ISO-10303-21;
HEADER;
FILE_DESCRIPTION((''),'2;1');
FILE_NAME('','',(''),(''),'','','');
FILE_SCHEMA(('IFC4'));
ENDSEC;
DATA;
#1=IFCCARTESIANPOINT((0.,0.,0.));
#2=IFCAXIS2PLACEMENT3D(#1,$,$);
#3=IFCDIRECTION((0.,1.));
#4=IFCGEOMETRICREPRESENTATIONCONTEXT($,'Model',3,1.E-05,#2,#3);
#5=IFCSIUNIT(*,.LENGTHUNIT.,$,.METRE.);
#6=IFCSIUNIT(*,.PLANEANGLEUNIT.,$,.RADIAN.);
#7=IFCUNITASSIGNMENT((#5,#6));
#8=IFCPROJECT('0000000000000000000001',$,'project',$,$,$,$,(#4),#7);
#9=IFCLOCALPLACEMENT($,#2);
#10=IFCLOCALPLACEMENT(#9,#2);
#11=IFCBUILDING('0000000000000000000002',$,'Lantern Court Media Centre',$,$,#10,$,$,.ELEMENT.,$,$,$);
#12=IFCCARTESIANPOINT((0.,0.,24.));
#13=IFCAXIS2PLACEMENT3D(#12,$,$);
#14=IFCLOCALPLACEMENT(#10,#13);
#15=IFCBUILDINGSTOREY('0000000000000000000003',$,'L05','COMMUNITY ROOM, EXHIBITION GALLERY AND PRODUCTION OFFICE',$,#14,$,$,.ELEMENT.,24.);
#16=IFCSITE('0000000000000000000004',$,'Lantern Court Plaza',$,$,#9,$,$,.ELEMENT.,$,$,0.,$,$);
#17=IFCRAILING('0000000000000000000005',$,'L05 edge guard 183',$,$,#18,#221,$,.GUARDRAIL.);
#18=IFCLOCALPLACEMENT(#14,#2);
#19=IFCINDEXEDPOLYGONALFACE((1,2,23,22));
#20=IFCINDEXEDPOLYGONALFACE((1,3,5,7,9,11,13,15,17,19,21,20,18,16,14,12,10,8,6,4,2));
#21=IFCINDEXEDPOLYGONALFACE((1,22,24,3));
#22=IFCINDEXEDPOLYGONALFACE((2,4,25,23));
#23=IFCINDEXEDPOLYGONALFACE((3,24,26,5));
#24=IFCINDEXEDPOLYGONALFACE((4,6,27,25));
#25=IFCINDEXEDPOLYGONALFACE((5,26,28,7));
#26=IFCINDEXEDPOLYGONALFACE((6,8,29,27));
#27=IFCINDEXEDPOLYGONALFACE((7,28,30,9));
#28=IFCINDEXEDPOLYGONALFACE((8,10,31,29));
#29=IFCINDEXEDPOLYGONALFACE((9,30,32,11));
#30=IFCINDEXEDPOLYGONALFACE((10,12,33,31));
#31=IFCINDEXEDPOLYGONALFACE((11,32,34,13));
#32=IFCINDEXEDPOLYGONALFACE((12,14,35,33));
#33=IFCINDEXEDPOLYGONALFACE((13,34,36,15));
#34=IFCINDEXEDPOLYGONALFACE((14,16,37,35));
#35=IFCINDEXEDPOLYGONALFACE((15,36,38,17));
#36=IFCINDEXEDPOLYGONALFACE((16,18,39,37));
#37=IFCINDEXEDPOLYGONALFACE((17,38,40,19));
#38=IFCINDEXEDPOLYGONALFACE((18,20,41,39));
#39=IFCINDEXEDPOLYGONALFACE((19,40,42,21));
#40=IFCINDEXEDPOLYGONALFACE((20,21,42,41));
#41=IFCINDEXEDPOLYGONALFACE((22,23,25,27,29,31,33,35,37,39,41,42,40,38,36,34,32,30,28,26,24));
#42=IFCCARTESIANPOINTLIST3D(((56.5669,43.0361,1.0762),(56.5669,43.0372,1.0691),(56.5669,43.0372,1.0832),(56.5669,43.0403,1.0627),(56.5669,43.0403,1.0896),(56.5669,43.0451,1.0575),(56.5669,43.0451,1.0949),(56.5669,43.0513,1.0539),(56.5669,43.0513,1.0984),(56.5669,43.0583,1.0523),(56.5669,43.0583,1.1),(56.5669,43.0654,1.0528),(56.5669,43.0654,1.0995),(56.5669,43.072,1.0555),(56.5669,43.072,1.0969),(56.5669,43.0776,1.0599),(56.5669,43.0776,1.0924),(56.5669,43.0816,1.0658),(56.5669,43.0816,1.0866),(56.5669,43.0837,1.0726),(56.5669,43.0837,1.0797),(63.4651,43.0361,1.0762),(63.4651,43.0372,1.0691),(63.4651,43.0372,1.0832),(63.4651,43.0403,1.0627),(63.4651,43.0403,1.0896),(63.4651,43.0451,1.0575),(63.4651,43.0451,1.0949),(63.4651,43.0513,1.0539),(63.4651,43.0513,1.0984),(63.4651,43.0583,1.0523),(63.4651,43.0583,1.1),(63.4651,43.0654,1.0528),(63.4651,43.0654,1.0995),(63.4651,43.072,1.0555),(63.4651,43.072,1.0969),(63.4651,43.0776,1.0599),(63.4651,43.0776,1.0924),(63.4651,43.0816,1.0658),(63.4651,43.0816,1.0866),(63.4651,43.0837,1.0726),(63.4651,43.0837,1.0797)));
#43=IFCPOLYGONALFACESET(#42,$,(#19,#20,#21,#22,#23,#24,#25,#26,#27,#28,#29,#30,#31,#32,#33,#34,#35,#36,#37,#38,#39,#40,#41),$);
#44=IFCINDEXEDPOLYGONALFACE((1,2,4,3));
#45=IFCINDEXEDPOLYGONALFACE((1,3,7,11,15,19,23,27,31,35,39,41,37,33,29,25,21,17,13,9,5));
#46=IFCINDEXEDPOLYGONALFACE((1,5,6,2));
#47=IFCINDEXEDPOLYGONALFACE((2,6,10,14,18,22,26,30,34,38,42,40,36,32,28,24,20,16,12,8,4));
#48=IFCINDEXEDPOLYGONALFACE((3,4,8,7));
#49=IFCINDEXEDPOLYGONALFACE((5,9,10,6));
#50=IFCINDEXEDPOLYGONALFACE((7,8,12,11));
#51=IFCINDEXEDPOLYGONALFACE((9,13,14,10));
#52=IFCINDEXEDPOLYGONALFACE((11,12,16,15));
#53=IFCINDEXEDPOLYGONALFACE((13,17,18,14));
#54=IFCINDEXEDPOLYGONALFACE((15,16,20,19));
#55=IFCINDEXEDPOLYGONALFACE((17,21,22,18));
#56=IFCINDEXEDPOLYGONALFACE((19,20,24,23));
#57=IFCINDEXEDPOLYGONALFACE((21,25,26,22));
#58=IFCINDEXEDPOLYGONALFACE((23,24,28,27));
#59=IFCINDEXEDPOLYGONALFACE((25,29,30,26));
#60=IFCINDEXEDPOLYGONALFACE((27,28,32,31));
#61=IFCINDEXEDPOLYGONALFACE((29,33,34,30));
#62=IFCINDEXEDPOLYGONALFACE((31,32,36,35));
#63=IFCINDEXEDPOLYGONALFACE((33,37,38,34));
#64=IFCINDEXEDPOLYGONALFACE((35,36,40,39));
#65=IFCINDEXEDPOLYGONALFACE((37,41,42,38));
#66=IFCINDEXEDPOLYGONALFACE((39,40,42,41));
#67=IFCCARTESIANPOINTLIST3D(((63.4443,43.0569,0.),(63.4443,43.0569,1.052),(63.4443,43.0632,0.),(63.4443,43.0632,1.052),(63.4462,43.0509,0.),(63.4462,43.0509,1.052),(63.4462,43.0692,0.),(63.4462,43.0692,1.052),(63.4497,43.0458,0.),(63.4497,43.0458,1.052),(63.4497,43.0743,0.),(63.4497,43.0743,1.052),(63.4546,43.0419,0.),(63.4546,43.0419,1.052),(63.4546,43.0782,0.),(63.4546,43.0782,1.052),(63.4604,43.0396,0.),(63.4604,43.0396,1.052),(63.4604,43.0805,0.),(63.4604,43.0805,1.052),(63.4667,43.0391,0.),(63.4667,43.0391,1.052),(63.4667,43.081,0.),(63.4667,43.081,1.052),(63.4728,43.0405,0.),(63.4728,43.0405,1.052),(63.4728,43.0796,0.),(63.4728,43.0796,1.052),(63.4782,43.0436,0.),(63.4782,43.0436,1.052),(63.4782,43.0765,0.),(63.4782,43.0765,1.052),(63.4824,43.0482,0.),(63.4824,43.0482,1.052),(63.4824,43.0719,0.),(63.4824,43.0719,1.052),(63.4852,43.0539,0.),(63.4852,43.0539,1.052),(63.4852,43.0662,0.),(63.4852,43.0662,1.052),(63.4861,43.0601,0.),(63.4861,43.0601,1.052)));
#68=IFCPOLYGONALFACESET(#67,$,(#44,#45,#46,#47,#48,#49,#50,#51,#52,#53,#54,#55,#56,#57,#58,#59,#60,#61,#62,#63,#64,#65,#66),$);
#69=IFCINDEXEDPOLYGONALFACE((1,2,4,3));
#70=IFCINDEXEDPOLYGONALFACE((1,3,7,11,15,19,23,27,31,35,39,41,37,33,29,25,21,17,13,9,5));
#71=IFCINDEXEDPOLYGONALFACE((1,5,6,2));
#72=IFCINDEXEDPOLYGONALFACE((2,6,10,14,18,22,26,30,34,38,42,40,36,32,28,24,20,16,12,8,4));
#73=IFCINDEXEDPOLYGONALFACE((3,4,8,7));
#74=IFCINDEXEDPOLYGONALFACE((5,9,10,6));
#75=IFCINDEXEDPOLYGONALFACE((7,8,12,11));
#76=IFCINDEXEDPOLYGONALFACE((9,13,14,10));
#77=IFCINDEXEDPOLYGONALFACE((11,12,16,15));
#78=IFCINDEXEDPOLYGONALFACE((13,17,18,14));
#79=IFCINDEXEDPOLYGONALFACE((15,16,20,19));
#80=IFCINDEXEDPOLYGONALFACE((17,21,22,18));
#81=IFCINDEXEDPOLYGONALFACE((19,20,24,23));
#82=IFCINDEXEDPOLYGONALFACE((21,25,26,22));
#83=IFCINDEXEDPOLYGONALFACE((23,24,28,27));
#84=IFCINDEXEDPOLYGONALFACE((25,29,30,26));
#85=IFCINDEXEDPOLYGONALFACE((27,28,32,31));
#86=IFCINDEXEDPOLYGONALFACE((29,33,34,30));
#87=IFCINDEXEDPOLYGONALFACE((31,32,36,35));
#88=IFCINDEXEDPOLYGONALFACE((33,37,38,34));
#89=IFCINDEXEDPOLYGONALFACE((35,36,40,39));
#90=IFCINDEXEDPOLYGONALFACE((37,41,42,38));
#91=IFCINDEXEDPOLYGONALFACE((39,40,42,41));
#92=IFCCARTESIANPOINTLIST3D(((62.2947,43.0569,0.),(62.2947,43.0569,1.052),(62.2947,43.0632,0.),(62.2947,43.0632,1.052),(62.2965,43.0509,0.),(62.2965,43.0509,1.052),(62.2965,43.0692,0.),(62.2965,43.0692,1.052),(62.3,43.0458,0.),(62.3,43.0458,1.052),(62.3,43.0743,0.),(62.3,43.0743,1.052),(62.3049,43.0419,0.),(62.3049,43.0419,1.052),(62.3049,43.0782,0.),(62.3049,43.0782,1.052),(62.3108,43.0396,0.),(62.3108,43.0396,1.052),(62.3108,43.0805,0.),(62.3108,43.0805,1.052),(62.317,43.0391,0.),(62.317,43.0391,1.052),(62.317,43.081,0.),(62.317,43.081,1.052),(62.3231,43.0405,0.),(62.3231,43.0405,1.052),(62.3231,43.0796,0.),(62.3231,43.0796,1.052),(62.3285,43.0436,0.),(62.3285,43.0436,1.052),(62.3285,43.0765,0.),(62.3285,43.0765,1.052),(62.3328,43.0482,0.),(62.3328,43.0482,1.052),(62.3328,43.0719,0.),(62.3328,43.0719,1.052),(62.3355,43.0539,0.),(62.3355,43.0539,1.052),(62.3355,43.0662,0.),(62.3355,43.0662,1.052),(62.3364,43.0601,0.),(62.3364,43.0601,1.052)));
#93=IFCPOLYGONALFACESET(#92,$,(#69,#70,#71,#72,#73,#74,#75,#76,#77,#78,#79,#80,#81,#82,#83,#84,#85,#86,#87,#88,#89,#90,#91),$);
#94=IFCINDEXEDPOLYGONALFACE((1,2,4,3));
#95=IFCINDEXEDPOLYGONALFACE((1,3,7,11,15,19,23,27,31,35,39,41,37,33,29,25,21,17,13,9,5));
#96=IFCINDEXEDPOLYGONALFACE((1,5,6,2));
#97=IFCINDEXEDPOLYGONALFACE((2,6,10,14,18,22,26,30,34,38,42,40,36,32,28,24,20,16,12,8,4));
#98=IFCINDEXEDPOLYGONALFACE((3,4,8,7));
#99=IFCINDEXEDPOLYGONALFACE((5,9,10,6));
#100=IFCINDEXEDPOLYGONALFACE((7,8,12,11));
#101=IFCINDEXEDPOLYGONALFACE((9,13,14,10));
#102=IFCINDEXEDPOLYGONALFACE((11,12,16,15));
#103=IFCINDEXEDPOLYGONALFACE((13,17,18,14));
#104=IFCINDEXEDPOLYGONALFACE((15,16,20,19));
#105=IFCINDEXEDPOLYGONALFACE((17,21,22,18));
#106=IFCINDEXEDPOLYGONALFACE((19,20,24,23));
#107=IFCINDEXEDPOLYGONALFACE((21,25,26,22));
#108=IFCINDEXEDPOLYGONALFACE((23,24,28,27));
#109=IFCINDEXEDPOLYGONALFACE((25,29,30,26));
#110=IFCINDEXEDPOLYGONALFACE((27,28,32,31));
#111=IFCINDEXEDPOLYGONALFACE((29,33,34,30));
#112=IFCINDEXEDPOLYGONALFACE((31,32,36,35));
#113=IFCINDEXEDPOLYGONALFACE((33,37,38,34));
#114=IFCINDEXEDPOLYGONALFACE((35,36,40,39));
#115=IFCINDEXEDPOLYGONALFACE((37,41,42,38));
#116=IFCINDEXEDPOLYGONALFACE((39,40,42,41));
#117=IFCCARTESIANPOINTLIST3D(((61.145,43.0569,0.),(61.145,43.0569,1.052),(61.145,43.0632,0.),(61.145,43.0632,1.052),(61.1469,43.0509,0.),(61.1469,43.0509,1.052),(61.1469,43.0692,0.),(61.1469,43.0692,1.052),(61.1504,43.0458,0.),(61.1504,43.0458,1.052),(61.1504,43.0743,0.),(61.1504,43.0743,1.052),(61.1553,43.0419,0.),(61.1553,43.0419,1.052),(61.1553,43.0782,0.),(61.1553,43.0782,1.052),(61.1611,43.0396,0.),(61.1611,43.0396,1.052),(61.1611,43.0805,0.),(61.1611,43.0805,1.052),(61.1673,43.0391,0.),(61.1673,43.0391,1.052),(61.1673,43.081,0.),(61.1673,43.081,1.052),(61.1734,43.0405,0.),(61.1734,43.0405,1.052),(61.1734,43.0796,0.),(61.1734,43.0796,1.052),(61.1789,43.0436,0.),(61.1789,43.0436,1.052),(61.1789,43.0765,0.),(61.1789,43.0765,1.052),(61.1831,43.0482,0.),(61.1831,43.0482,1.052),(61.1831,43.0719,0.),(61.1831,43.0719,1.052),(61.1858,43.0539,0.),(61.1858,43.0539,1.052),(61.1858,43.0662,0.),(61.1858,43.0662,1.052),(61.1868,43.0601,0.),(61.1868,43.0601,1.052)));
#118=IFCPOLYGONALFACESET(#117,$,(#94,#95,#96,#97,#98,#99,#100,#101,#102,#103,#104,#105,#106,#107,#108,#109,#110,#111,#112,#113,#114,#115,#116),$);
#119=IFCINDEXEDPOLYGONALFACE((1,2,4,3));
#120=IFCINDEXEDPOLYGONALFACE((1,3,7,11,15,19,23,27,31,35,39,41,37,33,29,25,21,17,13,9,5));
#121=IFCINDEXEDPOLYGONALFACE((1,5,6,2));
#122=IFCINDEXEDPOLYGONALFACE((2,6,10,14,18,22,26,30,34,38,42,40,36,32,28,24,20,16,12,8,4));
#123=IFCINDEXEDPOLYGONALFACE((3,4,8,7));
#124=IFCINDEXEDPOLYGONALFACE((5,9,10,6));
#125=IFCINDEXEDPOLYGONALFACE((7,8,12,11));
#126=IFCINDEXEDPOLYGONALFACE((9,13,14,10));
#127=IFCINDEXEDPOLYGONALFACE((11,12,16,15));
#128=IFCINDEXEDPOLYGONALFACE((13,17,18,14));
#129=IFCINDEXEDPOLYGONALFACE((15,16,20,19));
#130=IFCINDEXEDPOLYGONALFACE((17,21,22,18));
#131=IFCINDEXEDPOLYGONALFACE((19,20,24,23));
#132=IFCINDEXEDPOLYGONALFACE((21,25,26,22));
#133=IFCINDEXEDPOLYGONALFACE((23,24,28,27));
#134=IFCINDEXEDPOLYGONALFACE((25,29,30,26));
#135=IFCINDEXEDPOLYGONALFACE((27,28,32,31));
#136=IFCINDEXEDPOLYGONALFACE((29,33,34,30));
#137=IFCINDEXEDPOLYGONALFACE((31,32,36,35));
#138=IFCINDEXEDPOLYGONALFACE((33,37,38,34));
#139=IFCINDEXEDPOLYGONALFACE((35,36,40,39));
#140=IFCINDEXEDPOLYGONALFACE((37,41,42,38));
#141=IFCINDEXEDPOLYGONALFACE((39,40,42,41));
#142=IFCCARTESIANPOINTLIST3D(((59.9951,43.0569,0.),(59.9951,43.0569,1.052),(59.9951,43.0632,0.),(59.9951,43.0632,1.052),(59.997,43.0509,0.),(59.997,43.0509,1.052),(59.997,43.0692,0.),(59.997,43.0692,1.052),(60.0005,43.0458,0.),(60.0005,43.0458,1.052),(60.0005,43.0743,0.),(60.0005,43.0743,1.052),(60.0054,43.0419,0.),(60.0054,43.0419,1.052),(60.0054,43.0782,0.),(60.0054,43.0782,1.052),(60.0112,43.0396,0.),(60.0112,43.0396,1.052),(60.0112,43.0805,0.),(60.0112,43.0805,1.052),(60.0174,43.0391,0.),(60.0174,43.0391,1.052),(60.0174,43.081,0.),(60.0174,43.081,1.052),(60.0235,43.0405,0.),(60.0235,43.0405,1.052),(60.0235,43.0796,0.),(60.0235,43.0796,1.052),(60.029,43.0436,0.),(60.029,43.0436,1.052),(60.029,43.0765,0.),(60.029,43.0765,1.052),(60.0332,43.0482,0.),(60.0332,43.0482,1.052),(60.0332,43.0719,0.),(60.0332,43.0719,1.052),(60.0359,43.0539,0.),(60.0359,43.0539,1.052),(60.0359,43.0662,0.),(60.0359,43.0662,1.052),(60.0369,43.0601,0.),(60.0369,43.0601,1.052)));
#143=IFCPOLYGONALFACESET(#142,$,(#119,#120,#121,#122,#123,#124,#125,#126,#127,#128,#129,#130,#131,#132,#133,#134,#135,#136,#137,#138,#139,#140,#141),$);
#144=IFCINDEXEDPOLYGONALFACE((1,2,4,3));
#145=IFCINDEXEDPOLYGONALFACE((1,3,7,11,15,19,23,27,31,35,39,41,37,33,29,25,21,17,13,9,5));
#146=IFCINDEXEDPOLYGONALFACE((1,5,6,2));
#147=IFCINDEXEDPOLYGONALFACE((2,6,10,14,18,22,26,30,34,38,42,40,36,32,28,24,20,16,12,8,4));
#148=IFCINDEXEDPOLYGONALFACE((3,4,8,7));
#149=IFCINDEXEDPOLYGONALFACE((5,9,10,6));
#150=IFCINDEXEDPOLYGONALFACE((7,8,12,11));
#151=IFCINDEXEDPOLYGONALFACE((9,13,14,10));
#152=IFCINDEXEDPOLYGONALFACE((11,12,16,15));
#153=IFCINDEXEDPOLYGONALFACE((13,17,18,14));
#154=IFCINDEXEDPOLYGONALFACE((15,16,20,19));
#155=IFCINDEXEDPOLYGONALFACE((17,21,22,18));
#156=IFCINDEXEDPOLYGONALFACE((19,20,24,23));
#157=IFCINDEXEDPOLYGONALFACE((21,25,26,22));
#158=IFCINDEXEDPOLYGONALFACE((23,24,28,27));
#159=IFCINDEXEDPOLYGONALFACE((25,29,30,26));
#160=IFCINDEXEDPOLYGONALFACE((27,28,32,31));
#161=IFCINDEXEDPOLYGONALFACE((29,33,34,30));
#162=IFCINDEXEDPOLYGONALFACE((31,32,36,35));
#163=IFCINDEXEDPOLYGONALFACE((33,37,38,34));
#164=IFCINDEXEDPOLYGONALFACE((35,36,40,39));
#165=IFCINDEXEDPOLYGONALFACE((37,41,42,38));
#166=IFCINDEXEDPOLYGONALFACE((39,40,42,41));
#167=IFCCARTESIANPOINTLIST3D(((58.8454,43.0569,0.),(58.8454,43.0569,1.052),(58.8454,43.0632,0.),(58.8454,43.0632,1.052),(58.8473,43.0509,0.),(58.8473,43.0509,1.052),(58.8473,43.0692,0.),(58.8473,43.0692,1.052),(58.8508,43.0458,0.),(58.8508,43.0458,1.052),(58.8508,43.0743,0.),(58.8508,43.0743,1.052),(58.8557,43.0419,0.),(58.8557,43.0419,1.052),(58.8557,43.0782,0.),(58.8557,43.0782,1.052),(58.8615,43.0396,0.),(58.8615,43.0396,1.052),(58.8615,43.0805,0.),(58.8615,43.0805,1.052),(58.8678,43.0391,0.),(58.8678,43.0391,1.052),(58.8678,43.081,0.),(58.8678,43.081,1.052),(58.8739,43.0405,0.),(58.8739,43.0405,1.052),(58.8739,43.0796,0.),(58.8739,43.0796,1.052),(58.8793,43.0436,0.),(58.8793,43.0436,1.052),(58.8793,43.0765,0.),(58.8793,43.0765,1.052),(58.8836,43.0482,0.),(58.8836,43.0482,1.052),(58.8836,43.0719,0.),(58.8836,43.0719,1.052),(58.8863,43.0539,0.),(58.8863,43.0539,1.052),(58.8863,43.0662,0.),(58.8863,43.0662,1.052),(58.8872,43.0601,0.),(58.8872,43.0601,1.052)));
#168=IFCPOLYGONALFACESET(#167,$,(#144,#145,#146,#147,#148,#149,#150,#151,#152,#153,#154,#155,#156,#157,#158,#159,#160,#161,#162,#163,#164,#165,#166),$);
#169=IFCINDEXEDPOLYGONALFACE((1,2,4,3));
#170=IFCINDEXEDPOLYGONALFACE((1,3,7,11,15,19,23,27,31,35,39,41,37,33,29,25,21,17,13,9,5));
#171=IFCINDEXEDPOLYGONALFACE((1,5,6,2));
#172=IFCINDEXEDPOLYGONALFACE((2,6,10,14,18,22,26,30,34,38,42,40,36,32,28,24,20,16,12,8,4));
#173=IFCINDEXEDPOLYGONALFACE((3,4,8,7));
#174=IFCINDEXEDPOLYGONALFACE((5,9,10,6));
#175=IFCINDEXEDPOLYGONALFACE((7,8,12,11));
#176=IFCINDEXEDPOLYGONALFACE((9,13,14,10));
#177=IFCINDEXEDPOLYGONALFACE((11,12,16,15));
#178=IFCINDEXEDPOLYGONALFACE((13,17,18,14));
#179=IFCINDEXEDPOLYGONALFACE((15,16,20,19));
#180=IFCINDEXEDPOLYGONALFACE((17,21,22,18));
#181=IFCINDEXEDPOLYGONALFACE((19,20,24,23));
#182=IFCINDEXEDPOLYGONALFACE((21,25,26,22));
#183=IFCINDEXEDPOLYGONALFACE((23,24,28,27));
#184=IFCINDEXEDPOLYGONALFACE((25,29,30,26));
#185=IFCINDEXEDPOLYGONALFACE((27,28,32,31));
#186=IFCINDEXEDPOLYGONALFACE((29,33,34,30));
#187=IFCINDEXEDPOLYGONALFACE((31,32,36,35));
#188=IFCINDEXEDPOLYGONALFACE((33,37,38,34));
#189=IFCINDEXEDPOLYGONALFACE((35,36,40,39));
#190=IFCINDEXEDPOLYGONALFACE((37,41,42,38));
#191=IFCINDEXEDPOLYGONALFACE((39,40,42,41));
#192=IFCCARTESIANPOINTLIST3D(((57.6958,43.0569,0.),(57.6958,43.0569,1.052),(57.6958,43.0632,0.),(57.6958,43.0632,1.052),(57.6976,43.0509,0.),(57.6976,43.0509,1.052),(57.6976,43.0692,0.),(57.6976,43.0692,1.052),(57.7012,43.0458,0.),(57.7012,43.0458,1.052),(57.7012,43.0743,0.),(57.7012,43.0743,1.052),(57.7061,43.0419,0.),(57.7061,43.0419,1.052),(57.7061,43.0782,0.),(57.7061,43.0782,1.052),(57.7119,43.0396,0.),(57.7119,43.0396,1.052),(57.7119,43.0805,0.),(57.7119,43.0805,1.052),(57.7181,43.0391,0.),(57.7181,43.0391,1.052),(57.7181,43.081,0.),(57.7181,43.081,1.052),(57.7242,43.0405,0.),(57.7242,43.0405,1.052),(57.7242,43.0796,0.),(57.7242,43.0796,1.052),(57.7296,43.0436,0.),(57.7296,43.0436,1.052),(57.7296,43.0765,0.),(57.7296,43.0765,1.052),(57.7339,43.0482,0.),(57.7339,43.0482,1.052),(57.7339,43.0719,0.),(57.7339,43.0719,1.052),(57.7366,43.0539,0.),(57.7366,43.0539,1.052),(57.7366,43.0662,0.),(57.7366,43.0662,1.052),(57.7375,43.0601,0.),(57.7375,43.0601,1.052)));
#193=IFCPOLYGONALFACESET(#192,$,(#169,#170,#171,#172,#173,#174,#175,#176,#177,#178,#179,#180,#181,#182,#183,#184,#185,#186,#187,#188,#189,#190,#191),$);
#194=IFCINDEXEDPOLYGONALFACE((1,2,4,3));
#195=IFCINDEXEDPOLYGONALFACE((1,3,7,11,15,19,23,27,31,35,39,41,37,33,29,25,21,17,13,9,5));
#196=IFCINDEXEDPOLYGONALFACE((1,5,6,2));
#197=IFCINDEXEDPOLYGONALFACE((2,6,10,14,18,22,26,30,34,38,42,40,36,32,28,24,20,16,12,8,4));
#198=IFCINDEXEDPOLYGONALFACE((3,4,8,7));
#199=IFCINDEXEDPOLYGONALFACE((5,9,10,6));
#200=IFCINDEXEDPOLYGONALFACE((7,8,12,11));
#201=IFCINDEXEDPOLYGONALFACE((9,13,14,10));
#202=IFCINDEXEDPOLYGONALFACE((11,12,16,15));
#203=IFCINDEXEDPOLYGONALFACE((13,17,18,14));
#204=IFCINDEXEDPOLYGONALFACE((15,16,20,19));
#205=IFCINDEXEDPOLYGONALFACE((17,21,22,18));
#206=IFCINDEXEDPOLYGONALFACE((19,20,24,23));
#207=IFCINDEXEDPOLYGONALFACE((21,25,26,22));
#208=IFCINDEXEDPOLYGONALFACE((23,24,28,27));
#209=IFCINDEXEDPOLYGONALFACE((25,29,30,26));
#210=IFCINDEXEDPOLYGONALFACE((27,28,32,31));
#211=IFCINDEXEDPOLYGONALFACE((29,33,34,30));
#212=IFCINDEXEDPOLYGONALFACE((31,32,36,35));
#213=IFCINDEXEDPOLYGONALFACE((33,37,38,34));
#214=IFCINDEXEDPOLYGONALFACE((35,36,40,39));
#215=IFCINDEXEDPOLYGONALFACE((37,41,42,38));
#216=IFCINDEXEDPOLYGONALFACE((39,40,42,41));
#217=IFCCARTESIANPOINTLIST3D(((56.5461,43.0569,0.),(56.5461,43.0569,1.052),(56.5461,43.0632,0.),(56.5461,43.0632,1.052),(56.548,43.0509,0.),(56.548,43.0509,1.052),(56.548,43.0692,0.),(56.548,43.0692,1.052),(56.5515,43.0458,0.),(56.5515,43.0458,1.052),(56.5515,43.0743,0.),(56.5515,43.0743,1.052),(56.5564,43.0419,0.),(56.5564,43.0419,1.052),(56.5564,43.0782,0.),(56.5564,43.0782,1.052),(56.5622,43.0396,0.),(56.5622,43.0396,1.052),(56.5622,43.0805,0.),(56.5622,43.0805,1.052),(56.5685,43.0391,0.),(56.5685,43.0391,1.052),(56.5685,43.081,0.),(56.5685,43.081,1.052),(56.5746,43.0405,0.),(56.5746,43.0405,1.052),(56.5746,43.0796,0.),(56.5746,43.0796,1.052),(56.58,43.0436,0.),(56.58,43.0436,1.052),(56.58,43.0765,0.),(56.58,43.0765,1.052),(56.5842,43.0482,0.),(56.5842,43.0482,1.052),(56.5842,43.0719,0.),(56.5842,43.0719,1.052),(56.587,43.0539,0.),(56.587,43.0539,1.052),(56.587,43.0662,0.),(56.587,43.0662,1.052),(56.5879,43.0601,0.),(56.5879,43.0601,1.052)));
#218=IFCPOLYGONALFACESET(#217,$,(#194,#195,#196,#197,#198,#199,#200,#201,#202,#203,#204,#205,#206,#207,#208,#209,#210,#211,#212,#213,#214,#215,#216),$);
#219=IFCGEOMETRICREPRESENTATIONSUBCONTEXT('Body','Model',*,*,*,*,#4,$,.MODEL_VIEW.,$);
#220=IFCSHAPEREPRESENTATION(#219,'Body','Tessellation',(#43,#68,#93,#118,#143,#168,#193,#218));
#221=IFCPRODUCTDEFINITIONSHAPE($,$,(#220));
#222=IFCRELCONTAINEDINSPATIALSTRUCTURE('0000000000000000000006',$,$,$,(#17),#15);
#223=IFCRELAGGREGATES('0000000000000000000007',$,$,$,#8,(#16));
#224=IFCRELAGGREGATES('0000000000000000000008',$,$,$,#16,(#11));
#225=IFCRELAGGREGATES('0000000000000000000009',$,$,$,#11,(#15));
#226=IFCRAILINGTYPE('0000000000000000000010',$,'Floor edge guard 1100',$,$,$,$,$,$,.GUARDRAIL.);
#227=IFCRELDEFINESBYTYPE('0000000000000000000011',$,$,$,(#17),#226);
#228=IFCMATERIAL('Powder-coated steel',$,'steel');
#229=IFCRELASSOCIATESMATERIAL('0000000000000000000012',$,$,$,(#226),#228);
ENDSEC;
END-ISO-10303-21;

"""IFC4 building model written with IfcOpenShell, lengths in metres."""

from ifc_helpers import new_model, si_unit, direction, frame, origin, origin_2d, place, context, subcontext, project, spatial, circle, extrude, material, type_object, element, save


model = new_model("IFC4")

# Units and contexts
model_context = context("Model", 3, precision=1e-05, world=origin(), true_north=direction((0.0, 1.0)))
body_context = subcontext(model_context, "Body", "Model", "MODEL_VIEW")
ifc_project = project(units=[si_unit("LENGTHUNIT", "METRE"), si_unit("PLANEANGLEUNIT", "RADIAN")], contexts=[model_context])

# Site, building, storey
site_placement = place(None, origin())
site = spatial("IfcSite", under=ifc_project, at=site_placement, Name="Lantern Court Plaza", CompositionType="ELEMENT", RefElevation=0.0)
building_placement = place(site_placement, origin())
building = spatial("IfcBuilding", under=site, at=building_placement, Name="Lantern Court Media Centre", CompositionType="ELEMENT")
storey_placement = place(building_placement, frame((0.0, 0.0, 24.0)))
storey = spatial("IfcBuildingStorey", under=building, at=storey_placement, Name="L05", Description="COMMUNITY ROOM, EXHIBITION GALLERY AND PRODUCTION OFFICE", CompositionType="ELEMENT", Elevation=24.0)

# Railing
ifc_material_1 = material(Name="Powder-coated steel", Category="steel")
railing_type = type_object("IfcRailingType", Name="Floor edge guard 1100", PredefinedType="GUARDRAIL", material=ifc_material_1)
railing_placement = place(storey_placement, frame((63.4651, 43.0601, 0.0)))
element("IfcRailing", 1, at=railing_placement, inside=storey, type_object=railing_type, Name="L05 edge guard 183", PredefinedType="GUARDRAIL", context=body_context, shape_type="SweptSolid", body=[
    extrude(circle(Radius=0.0239, at=origin_2d()), frame((0.0, 0.0, 1.0762), z_axis=(-1.0, 0.0, 0.0), x_axis=(0.0, -1.0, 0.0)), (0.0, 0.0, 1.0), 6.8982),
    extrude(circle(Radius=0.021, at=origin_2d()), origin(), (0.0, 0.0, 1.0), 1.052),
    extrude(circle(Radius=0.021, at=origin_2d()), frame((-1.1497, 0.0, 0.0)), (0.0, 0.0, 1.0), 1.052),
    extrude(circle(Radius=0.021, at=origin_2d()), frame((-2.2993, 0.0, 0.0)), (0.0, 0.0, 1.0), 1.052),
    extrude(circle(Radius=0.021, at=origin_2d()), frame((-3.4492, 0.0, 0.0)), (0.0, 0.0, 1.0), 1.052),
    extrude(circle(Radius=0.021, at=origin_2d()), frame((-4.5989, 0.0, 0.0)), (0.0, 0.0, 1.0), 1.052),
    extrude(circle(Radius=0.021, at=origin_2d()), frame((-5.7485, 0.0, 0.0)), (0.0, 0.0, 1.0), 1.052),
    extrude(circle(Radius=0.021, at=origin_2d()), frame((-6.8982, 0.0, 0.0)), (0.0, 0.0, 1.0), 1.052),
])

save(model, "model.ifc")
